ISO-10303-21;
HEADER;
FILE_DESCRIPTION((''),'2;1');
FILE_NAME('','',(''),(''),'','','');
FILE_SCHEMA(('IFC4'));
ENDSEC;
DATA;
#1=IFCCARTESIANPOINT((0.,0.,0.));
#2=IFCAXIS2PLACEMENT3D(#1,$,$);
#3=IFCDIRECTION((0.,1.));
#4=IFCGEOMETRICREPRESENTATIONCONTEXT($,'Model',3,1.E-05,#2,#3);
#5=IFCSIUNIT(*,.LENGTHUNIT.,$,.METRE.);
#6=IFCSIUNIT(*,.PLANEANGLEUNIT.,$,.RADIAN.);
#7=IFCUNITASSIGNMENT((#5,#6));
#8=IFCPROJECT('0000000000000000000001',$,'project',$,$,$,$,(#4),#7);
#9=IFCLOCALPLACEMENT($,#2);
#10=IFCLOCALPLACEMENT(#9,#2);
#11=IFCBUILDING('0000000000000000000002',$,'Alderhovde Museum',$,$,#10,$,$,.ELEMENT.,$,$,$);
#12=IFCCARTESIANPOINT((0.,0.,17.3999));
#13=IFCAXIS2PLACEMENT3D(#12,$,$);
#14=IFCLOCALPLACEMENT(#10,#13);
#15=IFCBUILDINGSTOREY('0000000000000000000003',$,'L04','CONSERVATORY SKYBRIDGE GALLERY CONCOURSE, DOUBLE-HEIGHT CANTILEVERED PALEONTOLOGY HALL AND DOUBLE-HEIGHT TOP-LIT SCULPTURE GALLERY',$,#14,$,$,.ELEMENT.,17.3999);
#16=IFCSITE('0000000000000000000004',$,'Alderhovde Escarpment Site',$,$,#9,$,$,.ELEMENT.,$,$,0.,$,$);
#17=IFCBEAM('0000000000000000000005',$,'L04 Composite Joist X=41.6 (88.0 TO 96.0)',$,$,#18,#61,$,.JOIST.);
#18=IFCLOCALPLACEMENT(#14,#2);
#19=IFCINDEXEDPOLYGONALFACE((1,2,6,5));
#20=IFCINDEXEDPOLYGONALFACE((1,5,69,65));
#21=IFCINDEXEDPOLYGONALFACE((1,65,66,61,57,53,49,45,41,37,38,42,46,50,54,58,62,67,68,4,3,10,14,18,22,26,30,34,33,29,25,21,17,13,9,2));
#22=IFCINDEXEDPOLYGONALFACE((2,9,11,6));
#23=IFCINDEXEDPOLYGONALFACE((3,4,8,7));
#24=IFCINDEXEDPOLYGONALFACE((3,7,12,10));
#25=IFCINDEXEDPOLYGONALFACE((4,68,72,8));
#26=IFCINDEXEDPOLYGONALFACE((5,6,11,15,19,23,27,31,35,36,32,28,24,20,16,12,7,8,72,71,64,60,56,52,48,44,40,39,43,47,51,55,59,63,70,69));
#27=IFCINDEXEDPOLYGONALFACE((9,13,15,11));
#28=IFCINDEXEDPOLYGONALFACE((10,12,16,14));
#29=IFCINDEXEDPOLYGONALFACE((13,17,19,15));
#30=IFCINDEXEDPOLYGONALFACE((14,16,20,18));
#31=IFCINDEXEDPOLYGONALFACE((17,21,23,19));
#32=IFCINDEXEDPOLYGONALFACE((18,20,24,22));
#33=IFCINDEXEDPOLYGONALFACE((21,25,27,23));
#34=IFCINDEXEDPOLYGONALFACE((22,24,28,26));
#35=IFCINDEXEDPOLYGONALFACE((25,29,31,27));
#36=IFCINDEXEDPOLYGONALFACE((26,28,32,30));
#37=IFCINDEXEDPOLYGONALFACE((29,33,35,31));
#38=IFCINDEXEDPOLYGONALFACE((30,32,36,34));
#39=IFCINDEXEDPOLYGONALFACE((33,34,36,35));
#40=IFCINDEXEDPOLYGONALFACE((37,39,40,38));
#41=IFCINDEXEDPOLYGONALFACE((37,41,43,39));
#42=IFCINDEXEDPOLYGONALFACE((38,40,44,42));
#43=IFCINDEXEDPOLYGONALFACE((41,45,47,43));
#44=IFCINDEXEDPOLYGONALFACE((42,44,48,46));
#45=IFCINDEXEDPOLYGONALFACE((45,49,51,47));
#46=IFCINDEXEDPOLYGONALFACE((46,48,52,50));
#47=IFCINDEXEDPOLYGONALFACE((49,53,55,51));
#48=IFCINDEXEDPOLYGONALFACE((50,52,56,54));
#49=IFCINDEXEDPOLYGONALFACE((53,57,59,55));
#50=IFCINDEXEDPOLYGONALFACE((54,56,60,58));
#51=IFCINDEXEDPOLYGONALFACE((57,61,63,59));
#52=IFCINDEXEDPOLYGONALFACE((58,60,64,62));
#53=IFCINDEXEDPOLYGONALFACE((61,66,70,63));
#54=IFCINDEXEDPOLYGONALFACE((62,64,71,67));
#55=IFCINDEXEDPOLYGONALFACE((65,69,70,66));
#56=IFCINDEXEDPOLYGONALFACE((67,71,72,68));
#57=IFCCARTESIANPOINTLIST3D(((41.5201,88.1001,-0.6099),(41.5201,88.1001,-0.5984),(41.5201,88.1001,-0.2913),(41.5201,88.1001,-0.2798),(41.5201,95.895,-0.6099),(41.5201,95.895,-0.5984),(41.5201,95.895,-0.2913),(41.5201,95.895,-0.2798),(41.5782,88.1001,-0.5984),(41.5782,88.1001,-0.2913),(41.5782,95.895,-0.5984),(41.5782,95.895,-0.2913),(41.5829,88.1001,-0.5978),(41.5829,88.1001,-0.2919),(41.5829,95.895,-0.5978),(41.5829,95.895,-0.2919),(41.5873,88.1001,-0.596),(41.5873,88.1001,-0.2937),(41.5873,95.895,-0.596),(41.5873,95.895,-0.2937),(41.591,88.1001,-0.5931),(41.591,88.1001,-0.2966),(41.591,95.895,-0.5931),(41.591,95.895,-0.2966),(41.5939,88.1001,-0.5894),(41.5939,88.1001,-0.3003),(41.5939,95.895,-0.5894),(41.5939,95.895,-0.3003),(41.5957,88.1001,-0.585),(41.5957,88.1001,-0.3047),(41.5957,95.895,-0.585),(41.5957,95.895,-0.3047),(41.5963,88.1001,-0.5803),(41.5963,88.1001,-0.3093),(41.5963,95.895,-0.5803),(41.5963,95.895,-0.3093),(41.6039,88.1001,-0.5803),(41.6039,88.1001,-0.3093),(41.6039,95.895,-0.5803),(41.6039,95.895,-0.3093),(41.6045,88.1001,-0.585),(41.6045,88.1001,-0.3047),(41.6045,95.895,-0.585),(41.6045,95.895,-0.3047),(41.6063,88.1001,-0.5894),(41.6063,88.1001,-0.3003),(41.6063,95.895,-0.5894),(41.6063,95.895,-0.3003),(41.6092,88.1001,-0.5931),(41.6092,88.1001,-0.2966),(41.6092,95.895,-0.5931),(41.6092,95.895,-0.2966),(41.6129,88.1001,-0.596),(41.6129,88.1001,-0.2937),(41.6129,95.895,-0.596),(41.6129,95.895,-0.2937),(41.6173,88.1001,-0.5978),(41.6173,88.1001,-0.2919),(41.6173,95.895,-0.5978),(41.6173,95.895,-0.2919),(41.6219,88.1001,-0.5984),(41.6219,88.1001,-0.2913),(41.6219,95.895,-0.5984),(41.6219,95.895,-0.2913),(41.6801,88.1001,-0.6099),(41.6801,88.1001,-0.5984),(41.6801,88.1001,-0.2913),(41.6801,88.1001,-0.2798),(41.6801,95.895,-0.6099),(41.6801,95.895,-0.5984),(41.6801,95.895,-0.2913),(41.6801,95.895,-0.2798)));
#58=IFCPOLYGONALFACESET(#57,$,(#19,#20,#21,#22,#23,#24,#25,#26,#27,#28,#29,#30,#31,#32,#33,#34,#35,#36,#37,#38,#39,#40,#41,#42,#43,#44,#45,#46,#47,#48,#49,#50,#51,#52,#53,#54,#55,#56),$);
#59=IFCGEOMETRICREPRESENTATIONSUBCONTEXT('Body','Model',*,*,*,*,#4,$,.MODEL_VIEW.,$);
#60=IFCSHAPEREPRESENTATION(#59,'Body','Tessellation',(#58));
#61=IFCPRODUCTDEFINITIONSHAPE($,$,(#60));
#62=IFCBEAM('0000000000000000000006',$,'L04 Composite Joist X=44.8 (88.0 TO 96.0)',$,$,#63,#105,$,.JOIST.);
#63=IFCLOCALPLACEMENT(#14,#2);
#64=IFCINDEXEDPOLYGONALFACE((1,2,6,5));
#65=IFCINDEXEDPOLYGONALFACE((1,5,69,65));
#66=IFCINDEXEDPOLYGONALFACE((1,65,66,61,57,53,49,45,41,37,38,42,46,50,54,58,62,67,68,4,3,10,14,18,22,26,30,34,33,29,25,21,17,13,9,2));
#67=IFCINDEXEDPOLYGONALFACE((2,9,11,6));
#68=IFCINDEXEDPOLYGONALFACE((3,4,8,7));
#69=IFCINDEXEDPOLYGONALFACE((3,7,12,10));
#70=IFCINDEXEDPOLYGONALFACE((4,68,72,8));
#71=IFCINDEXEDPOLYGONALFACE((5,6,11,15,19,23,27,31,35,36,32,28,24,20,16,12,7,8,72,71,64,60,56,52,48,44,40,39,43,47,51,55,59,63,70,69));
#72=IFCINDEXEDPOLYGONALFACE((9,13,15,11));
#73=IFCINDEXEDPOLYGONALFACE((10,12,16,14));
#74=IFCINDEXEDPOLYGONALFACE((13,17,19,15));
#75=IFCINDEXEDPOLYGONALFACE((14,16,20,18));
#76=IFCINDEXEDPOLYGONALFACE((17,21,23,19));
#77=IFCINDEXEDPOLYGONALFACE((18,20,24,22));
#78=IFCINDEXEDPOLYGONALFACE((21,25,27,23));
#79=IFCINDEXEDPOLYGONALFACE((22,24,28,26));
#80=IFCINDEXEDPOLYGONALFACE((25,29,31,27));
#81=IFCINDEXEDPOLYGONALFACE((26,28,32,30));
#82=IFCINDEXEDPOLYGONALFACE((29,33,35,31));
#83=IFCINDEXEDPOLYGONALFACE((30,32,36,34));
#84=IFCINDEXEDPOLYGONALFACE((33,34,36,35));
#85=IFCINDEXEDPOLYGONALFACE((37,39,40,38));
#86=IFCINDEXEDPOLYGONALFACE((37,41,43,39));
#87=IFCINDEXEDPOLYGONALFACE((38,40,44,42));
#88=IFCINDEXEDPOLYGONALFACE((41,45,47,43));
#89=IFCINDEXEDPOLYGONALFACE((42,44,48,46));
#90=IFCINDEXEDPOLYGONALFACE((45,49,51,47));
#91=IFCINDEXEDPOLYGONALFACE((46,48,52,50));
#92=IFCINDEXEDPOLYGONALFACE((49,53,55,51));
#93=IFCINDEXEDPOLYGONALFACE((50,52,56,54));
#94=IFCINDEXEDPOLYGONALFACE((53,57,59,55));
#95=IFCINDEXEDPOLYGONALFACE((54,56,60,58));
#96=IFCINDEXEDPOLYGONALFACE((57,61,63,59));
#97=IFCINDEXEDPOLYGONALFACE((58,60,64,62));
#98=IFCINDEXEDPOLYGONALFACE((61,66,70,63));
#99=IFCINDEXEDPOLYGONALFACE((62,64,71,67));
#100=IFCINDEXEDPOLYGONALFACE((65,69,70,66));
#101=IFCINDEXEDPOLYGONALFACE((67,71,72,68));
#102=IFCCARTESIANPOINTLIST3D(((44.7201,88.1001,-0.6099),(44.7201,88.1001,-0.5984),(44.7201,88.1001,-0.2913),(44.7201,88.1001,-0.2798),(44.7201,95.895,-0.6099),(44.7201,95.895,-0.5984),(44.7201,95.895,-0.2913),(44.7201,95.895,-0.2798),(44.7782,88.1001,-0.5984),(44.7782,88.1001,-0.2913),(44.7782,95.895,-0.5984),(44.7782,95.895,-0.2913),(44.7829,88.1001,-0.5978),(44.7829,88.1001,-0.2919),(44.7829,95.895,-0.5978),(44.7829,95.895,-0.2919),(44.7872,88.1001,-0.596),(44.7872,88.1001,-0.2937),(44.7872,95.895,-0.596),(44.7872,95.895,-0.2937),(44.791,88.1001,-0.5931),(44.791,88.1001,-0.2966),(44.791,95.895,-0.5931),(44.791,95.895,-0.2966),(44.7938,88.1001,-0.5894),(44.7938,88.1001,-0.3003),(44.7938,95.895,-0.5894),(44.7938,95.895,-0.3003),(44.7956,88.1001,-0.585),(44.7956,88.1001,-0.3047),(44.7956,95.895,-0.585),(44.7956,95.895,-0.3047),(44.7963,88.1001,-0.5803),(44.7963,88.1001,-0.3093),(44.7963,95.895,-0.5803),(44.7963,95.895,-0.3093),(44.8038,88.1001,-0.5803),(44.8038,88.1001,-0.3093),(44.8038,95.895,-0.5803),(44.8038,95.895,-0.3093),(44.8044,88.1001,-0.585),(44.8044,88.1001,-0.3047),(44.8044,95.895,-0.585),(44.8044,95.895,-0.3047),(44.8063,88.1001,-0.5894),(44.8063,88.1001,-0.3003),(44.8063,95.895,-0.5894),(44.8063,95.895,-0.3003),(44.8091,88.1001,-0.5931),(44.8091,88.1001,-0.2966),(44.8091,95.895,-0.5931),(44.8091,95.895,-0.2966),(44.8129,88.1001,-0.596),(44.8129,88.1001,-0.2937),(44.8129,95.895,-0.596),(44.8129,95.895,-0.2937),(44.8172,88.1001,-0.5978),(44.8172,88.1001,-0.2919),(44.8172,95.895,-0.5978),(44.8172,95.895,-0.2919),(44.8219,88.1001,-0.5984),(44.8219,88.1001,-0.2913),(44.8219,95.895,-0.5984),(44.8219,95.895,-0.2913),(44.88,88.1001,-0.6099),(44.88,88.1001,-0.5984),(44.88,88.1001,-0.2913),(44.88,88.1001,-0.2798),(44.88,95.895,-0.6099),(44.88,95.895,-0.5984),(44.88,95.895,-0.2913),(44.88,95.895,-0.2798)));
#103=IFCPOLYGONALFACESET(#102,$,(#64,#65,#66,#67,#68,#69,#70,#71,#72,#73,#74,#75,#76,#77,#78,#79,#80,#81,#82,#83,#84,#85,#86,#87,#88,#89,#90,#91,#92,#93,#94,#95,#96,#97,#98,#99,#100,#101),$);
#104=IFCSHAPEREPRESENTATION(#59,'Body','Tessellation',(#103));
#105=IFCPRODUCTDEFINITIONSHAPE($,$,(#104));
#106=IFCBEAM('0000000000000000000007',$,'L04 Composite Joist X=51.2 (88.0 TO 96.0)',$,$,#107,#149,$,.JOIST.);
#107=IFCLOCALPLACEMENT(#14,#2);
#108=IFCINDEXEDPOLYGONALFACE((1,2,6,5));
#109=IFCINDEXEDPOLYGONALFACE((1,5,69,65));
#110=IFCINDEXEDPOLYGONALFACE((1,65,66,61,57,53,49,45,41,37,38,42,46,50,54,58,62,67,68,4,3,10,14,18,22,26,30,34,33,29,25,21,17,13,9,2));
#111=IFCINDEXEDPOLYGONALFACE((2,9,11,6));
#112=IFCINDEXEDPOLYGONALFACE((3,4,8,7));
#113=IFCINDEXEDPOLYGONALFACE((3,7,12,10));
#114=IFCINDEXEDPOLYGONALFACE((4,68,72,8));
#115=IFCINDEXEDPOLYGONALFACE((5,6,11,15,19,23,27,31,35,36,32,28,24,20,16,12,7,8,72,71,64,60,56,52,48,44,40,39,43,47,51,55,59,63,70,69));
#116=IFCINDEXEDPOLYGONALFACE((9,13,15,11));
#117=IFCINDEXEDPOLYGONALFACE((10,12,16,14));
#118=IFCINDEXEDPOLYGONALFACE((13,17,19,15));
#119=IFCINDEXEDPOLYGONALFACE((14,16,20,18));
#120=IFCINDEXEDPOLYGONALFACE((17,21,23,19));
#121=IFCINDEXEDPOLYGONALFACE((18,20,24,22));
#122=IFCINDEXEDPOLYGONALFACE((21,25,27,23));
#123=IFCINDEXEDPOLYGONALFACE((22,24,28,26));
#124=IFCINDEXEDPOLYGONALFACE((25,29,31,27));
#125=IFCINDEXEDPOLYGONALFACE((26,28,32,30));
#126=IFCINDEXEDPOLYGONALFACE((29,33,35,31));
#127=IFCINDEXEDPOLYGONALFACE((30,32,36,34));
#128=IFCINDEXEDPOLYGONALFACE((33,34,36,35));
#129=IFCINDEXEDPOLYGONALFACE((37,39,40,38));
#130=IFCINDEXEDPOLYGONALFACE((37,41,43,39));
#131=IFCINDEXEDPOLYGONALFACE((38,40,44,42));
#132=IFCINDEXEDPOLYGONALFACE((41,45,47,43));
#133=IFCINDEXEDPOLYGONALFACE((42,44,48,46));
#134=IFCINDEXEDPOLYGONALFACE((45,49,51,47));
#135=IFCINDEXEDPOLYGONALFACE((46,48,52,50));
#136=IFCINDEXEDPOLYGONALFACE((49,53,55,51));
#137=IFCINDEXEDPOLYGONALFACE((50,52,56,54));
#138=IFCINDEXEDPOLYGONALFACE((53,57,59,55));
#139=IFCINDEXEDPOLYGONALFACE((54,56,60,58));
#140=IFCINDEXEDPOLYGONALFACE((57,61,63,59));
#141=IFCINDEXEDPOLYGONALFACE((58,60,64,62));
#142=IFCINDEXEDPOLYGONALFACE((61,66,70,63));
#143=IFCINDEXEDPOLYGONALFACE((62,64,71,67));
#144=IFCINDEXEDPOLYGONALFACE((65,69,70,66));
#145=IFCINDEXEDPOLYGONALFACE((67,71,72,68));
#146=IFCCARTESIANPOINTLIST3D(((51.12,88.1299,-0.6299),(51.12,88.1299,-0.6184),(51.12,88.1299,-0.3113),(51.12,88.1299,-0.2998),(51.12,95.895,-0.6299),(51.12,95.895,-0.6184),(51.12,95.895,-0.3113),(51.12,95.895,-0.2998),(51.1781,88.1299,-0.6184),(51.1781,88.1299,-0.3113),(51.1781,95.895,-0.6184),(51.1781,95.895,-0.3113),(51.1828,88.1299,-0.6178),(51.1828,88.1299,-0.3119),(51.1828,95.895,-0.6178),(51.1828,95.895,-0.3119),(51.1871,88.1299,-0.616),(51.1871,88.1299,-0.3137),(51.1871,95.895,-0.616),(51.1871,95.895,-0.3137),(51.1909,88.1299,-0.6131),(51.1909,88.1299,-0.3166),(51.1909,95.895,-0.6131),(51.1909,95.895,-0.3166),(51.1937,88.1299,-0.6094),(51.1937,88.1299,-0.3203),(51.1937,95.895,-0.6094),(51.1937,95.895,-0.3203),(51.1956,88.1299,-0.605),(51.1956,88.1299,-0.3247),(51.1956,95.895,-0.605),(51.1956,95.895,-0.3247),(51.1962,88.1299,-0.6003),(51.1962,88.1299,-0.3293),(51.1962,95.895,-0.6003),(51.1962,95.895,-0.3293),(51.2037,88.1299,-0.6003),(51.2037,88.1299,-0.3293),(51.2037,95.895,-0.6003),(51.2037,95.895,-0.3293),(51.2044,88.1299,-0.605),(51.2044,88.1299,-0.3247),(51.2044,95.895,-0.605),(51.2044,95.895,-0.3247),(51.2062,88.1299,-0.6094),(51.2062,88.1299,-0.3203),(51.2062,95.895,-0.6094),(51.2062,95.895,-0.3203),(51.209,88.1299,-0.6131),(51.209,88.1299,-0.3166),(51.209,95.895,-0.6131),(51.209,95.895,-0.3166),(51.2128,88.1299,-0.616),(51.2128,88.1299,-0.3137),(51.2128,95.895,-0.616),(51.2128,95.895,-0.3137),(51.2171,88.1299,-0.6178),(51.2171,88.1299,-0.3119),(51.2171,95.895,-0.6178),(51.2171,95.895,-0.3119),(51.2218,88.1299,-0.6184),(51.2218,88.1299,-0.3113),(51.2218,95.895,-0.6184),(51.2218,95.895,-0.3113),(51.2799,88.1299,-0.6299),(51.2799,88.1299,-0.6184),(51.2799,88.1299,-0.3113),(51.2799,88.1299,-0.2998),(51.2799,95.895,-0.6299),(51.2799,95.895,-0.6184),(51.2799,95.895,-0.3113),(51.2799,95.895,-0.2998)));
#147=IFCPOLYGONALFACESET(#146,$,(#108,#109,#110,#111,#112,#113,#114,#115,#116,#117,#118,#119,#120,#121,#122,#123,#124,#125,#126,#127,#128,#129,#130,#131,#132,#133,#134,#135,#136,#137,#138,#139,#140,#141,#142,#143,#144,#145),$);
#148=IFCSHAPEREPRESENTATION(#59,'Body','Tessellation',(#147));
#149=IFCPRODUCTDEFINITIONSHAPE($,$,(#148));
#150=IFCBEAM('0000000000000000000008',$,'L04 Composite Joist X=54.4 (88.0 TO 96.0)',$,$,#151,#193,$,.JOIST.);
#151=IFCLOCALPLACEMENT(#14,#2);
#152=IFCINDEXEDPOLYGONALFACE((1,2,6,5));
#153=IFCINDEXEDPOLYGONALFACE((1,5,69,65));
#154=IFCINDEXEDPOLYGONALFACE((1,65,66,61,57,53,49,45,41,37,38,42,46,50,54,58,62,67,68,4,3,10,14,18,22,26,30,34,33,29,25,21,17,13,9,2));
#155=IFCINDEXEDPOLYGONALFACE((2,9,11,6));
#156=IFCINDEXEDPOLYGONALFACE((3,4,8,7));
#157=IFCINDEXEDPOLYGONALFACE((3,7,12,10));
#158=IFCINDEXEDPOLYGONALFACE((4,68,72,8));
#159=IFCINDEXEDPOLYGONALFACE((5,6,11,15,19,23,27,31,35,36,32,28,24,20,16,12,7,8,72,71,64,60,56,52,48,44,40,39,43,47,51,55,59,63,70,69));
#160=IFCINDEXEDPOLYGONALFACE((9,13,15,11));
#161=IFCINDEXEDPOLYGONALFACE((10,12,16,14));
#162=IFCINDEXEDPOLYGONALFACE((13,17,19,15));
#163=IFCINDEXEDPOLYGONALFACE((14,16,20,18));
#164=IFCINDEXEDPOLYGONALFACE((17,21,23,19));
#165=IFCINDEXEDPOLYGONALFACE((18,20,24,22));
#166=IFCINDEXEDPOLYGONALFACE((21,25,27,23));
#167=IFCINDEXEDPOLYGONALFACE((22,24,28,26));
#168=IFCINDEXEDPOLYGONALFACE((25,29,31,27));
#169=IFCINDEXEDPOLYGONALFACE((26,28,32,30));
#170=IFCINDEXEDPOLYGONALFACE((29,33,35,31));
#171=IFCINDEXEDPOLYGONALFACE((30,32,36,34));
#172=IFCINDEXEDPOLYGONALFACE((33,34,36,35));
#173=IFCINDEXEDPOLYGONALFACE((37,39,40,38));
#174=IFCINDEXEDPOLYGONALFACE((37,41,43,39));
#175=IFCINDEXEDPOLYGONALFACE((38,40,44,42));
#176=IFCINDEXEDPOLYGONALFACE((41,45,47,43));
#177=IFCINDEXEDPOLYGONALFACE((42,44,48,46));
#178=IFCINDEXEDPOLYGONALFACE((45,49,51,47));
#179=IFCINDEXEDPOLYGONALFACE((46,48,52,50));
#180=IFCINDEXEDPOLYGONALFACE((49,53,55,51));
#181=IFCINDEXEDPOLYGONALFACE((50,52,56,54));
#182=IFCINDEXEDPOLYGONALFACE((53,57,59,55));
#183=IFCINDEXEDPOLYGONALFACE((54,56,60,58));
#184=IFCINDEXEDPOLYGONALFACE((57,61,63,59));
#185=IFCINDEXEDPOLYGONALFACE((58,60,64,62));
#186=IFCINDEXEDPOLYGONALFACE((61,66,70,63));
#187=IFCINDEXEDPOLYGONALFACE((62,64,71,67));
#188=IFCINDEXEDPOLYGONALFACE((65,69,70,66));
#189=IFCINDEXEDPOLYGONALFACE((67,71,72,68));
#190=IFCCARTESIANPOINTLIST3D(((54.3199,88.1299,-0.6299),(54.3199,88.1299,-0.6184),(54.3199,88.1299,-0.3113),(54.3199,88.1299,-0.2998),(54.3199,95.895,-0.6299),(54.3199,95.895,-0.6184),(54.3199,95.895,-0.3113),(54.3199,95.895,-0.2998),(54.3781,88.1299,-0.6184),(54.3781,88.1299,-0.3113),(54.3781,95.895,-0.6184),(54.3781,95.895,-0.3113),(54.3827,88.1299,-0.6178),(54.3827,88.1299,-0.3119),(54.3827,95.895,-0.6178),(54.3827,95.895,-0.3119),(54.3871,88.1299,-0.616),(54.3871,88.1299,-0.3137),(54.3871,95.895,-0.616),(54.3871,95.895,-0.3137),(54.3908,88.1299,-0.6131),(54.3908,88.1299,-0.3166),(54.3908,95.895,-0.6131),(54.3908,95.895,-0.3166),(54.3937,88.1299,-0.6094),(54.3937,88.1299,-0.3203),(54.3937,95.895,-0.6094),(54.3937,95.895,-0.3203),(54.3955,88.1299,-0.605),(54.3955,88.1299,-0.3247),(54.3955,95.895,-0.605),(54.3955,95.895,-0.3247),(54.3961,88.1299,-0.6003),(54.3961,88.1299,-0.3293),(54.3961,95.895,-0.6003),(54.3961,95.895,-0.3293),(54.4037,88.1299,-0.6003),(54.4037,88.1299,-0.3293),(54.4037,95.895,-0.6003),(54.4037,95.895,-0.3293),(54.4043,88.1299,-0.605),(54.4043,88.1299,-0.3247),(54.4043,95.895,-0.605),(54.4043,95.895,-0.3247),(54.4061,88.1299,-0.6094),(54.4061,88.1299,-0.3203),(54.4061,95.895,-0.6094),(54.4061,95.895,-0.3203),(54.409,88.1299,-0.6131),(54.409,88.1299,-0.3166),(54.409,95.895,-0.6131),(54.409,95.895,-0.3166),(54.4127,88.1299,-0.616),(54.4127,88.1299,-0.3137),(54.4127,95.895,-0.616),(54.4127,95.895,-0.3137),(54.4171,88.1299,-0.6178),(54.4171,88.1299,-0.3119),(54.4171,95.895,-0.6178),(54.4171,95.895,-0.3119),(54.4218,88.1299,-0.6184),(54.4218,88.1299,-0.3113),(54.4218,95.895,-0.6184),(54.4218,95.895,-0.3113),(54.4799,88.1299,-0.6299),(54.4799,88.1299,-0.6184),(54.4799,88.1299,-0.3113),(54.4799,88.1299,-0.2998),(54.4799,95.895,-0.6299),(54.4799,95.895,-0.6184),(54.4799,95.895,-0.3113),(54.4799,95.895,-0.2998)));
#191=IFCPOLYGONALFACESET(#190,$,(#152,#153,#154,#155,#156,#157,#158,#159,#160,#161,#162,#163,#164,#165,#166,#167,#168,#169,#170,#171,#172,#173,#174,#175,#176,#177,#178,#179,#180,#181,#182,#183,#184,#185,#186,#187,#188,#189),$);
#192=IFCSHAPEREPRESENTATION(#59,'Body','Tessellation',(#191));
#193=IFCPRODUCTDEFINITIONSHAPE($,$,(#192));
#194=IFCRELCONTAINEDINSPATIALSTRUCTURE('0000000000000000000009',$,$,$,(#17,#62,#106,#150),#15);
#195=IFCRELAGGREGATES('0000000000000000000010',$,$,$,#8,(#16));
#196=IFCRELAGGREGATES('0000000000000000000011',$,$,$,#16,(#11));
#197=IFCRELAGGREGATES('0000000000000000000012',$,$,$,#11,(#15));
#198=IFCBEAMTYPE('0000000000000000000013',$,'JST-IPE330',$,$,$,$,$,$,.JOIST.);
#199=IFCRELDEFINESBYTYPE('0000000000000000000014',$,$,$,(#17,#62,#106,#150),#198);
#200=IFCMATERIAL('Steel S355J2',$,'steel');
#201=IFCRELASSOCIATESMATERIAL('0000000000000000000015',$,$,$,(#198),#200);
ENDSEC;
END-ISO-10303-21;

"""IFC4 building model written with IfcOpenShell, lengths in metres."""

from ifc_helpers import new_model, si_unit, direction, frame, origin, origin_2d, place, context, subcontext, project, spatial, i_section, extrude, material, material_profile, profile_set, type_object, element, save


model = new_model("IFC4")

# Units and contexts
model_context = context("Model", 3, precision=1e-05, world=origin(), true_north=direction((0.0, 1.0)))
body_context = subcontext(model_context, "Body", "Model", "MODEL_VIEW")
ifc_project = project(units=[si_unit("LENGTHUNIT", "METRE"), si_unit("PLANEANGLEUNIT", "RADIAN")], contexts=[model_context])

# Site, building, storey
site_placement = place(None, origin())
site = spatial("IfcSite", under=ifc_project, at=site_placement, Name="Alderhovde Escarpment Site", CompositionType="ELEMENT", RefElevation=0.0)
building_placement = place(site_placement, origin())
building = spatial("IfcBuilding", under=site, at=building_placement, Name="Alderhovde Museum", CompositionType="ELEMENT")
storey_placement = place(building_placement, frame((0.0, 0.0, 17.3999)))
storey = spatial("IfcBuildingStorey", under=building, at=storey_placement, Name="L04", Description="CONSERVATORY SKYBRIDGE GALLERY CONCOURSE, DOUBLE-HEIGHT CANTILEVERED PALEONTOLOGY HALL AND DOUBLE-HEIGHT TOP-LIT SCULPTURE GALLERY", CompositionType="ELEMENT", Elevation=17.3999)

# Beams
ifc_material_1 = material(Name="Steel S355J2", Category="steel")
ifc_material_profile_1 = material_profile(ifc_material_1, i_section(OverallWidth=0.1599, OverallDepth=0.3301, WebThickness=0.0076, FlangeThickness=0.0115, FilletRadius=0.0181, at=origin_2d()), Name="IPE 330")
ifc_profile_set_1 = profile_set([ifc_material_profile_1], Name="Steel S355J2")
beam_type_1 = type_object("IfcBeamType", Name="JST-IPE330", PredefinedType="JOIST", material=ifc_profile_set_1)
for number, where, z_axis, x_axis, name in (
    (1, (41.6001, 88.1001, -0.4448), (0.0, 1.0, 0.0), (-1.0, 0.0, 0.0), "L04 Composite Joist X=41.6 (88.0 TO 96.0)"),
    (2, (44.8, 88.1001, -0.4448), (0.0, 1.0, 0.0), (-1.0, 0.0, 0.0), "L04 Composite Joist X=44.8 (88.0 TO 96.0)"),
):
    element("IfcBeam", number, at=place(storey_placement, frame(where, z_axis=z_axis, x_axis=x_axis)), inside=storey, type_object=beam_type_1, Name=name, PredefinedType="JOIST", context=body_context, shape_type="SweptSolid", body=[
        extrude(i_section(OverallWidth=0.1599, OverallDepth=0.3301, WebThickness=0.0076, FlangeThickness=0.0115, FilletRadius=0.0181, at=origin_2d()), origin(), (0.0, 0.0, 1.0), 7.7949),
    ])
for number, where, z_axis, x_axis, name in (
    (3, (51.2, 88.1299, -0.4648), (0.0, 1.0, 0.0), (-1.0, 0.0, 0.0), "L04 Composite Joist X=51.2 (88.0 TO 96.0)"),
    (4, (54.3999, 88.1299, -0.4648), (0.0, 1.0, 0.0), (-1.0, 0.0, 0.0), "L04 Composite Joist X=54.4 (88.0 TO 96.0)"),
):
    element("IfcBeam", number, at=place(storey_placement, frame(where, z_axis=z_axis, x_axis=x_axis)), inside=storey, type_object=beam_type_1, Name=name, PredefinedType="JOIST", context=body_context, shape_type="SweptSolid", body=[
        extrude(i_section(OverallWidth=0.1599, OverallDepth=0.3301, WebThickness=0.0076, FlangeThickness=0.0115, FilletRadius=0.0181, at=origin_2d()), origin(), (0.0, 0.0, 1.0), 7.7651),
    ])

save(model, "model.ifc")
